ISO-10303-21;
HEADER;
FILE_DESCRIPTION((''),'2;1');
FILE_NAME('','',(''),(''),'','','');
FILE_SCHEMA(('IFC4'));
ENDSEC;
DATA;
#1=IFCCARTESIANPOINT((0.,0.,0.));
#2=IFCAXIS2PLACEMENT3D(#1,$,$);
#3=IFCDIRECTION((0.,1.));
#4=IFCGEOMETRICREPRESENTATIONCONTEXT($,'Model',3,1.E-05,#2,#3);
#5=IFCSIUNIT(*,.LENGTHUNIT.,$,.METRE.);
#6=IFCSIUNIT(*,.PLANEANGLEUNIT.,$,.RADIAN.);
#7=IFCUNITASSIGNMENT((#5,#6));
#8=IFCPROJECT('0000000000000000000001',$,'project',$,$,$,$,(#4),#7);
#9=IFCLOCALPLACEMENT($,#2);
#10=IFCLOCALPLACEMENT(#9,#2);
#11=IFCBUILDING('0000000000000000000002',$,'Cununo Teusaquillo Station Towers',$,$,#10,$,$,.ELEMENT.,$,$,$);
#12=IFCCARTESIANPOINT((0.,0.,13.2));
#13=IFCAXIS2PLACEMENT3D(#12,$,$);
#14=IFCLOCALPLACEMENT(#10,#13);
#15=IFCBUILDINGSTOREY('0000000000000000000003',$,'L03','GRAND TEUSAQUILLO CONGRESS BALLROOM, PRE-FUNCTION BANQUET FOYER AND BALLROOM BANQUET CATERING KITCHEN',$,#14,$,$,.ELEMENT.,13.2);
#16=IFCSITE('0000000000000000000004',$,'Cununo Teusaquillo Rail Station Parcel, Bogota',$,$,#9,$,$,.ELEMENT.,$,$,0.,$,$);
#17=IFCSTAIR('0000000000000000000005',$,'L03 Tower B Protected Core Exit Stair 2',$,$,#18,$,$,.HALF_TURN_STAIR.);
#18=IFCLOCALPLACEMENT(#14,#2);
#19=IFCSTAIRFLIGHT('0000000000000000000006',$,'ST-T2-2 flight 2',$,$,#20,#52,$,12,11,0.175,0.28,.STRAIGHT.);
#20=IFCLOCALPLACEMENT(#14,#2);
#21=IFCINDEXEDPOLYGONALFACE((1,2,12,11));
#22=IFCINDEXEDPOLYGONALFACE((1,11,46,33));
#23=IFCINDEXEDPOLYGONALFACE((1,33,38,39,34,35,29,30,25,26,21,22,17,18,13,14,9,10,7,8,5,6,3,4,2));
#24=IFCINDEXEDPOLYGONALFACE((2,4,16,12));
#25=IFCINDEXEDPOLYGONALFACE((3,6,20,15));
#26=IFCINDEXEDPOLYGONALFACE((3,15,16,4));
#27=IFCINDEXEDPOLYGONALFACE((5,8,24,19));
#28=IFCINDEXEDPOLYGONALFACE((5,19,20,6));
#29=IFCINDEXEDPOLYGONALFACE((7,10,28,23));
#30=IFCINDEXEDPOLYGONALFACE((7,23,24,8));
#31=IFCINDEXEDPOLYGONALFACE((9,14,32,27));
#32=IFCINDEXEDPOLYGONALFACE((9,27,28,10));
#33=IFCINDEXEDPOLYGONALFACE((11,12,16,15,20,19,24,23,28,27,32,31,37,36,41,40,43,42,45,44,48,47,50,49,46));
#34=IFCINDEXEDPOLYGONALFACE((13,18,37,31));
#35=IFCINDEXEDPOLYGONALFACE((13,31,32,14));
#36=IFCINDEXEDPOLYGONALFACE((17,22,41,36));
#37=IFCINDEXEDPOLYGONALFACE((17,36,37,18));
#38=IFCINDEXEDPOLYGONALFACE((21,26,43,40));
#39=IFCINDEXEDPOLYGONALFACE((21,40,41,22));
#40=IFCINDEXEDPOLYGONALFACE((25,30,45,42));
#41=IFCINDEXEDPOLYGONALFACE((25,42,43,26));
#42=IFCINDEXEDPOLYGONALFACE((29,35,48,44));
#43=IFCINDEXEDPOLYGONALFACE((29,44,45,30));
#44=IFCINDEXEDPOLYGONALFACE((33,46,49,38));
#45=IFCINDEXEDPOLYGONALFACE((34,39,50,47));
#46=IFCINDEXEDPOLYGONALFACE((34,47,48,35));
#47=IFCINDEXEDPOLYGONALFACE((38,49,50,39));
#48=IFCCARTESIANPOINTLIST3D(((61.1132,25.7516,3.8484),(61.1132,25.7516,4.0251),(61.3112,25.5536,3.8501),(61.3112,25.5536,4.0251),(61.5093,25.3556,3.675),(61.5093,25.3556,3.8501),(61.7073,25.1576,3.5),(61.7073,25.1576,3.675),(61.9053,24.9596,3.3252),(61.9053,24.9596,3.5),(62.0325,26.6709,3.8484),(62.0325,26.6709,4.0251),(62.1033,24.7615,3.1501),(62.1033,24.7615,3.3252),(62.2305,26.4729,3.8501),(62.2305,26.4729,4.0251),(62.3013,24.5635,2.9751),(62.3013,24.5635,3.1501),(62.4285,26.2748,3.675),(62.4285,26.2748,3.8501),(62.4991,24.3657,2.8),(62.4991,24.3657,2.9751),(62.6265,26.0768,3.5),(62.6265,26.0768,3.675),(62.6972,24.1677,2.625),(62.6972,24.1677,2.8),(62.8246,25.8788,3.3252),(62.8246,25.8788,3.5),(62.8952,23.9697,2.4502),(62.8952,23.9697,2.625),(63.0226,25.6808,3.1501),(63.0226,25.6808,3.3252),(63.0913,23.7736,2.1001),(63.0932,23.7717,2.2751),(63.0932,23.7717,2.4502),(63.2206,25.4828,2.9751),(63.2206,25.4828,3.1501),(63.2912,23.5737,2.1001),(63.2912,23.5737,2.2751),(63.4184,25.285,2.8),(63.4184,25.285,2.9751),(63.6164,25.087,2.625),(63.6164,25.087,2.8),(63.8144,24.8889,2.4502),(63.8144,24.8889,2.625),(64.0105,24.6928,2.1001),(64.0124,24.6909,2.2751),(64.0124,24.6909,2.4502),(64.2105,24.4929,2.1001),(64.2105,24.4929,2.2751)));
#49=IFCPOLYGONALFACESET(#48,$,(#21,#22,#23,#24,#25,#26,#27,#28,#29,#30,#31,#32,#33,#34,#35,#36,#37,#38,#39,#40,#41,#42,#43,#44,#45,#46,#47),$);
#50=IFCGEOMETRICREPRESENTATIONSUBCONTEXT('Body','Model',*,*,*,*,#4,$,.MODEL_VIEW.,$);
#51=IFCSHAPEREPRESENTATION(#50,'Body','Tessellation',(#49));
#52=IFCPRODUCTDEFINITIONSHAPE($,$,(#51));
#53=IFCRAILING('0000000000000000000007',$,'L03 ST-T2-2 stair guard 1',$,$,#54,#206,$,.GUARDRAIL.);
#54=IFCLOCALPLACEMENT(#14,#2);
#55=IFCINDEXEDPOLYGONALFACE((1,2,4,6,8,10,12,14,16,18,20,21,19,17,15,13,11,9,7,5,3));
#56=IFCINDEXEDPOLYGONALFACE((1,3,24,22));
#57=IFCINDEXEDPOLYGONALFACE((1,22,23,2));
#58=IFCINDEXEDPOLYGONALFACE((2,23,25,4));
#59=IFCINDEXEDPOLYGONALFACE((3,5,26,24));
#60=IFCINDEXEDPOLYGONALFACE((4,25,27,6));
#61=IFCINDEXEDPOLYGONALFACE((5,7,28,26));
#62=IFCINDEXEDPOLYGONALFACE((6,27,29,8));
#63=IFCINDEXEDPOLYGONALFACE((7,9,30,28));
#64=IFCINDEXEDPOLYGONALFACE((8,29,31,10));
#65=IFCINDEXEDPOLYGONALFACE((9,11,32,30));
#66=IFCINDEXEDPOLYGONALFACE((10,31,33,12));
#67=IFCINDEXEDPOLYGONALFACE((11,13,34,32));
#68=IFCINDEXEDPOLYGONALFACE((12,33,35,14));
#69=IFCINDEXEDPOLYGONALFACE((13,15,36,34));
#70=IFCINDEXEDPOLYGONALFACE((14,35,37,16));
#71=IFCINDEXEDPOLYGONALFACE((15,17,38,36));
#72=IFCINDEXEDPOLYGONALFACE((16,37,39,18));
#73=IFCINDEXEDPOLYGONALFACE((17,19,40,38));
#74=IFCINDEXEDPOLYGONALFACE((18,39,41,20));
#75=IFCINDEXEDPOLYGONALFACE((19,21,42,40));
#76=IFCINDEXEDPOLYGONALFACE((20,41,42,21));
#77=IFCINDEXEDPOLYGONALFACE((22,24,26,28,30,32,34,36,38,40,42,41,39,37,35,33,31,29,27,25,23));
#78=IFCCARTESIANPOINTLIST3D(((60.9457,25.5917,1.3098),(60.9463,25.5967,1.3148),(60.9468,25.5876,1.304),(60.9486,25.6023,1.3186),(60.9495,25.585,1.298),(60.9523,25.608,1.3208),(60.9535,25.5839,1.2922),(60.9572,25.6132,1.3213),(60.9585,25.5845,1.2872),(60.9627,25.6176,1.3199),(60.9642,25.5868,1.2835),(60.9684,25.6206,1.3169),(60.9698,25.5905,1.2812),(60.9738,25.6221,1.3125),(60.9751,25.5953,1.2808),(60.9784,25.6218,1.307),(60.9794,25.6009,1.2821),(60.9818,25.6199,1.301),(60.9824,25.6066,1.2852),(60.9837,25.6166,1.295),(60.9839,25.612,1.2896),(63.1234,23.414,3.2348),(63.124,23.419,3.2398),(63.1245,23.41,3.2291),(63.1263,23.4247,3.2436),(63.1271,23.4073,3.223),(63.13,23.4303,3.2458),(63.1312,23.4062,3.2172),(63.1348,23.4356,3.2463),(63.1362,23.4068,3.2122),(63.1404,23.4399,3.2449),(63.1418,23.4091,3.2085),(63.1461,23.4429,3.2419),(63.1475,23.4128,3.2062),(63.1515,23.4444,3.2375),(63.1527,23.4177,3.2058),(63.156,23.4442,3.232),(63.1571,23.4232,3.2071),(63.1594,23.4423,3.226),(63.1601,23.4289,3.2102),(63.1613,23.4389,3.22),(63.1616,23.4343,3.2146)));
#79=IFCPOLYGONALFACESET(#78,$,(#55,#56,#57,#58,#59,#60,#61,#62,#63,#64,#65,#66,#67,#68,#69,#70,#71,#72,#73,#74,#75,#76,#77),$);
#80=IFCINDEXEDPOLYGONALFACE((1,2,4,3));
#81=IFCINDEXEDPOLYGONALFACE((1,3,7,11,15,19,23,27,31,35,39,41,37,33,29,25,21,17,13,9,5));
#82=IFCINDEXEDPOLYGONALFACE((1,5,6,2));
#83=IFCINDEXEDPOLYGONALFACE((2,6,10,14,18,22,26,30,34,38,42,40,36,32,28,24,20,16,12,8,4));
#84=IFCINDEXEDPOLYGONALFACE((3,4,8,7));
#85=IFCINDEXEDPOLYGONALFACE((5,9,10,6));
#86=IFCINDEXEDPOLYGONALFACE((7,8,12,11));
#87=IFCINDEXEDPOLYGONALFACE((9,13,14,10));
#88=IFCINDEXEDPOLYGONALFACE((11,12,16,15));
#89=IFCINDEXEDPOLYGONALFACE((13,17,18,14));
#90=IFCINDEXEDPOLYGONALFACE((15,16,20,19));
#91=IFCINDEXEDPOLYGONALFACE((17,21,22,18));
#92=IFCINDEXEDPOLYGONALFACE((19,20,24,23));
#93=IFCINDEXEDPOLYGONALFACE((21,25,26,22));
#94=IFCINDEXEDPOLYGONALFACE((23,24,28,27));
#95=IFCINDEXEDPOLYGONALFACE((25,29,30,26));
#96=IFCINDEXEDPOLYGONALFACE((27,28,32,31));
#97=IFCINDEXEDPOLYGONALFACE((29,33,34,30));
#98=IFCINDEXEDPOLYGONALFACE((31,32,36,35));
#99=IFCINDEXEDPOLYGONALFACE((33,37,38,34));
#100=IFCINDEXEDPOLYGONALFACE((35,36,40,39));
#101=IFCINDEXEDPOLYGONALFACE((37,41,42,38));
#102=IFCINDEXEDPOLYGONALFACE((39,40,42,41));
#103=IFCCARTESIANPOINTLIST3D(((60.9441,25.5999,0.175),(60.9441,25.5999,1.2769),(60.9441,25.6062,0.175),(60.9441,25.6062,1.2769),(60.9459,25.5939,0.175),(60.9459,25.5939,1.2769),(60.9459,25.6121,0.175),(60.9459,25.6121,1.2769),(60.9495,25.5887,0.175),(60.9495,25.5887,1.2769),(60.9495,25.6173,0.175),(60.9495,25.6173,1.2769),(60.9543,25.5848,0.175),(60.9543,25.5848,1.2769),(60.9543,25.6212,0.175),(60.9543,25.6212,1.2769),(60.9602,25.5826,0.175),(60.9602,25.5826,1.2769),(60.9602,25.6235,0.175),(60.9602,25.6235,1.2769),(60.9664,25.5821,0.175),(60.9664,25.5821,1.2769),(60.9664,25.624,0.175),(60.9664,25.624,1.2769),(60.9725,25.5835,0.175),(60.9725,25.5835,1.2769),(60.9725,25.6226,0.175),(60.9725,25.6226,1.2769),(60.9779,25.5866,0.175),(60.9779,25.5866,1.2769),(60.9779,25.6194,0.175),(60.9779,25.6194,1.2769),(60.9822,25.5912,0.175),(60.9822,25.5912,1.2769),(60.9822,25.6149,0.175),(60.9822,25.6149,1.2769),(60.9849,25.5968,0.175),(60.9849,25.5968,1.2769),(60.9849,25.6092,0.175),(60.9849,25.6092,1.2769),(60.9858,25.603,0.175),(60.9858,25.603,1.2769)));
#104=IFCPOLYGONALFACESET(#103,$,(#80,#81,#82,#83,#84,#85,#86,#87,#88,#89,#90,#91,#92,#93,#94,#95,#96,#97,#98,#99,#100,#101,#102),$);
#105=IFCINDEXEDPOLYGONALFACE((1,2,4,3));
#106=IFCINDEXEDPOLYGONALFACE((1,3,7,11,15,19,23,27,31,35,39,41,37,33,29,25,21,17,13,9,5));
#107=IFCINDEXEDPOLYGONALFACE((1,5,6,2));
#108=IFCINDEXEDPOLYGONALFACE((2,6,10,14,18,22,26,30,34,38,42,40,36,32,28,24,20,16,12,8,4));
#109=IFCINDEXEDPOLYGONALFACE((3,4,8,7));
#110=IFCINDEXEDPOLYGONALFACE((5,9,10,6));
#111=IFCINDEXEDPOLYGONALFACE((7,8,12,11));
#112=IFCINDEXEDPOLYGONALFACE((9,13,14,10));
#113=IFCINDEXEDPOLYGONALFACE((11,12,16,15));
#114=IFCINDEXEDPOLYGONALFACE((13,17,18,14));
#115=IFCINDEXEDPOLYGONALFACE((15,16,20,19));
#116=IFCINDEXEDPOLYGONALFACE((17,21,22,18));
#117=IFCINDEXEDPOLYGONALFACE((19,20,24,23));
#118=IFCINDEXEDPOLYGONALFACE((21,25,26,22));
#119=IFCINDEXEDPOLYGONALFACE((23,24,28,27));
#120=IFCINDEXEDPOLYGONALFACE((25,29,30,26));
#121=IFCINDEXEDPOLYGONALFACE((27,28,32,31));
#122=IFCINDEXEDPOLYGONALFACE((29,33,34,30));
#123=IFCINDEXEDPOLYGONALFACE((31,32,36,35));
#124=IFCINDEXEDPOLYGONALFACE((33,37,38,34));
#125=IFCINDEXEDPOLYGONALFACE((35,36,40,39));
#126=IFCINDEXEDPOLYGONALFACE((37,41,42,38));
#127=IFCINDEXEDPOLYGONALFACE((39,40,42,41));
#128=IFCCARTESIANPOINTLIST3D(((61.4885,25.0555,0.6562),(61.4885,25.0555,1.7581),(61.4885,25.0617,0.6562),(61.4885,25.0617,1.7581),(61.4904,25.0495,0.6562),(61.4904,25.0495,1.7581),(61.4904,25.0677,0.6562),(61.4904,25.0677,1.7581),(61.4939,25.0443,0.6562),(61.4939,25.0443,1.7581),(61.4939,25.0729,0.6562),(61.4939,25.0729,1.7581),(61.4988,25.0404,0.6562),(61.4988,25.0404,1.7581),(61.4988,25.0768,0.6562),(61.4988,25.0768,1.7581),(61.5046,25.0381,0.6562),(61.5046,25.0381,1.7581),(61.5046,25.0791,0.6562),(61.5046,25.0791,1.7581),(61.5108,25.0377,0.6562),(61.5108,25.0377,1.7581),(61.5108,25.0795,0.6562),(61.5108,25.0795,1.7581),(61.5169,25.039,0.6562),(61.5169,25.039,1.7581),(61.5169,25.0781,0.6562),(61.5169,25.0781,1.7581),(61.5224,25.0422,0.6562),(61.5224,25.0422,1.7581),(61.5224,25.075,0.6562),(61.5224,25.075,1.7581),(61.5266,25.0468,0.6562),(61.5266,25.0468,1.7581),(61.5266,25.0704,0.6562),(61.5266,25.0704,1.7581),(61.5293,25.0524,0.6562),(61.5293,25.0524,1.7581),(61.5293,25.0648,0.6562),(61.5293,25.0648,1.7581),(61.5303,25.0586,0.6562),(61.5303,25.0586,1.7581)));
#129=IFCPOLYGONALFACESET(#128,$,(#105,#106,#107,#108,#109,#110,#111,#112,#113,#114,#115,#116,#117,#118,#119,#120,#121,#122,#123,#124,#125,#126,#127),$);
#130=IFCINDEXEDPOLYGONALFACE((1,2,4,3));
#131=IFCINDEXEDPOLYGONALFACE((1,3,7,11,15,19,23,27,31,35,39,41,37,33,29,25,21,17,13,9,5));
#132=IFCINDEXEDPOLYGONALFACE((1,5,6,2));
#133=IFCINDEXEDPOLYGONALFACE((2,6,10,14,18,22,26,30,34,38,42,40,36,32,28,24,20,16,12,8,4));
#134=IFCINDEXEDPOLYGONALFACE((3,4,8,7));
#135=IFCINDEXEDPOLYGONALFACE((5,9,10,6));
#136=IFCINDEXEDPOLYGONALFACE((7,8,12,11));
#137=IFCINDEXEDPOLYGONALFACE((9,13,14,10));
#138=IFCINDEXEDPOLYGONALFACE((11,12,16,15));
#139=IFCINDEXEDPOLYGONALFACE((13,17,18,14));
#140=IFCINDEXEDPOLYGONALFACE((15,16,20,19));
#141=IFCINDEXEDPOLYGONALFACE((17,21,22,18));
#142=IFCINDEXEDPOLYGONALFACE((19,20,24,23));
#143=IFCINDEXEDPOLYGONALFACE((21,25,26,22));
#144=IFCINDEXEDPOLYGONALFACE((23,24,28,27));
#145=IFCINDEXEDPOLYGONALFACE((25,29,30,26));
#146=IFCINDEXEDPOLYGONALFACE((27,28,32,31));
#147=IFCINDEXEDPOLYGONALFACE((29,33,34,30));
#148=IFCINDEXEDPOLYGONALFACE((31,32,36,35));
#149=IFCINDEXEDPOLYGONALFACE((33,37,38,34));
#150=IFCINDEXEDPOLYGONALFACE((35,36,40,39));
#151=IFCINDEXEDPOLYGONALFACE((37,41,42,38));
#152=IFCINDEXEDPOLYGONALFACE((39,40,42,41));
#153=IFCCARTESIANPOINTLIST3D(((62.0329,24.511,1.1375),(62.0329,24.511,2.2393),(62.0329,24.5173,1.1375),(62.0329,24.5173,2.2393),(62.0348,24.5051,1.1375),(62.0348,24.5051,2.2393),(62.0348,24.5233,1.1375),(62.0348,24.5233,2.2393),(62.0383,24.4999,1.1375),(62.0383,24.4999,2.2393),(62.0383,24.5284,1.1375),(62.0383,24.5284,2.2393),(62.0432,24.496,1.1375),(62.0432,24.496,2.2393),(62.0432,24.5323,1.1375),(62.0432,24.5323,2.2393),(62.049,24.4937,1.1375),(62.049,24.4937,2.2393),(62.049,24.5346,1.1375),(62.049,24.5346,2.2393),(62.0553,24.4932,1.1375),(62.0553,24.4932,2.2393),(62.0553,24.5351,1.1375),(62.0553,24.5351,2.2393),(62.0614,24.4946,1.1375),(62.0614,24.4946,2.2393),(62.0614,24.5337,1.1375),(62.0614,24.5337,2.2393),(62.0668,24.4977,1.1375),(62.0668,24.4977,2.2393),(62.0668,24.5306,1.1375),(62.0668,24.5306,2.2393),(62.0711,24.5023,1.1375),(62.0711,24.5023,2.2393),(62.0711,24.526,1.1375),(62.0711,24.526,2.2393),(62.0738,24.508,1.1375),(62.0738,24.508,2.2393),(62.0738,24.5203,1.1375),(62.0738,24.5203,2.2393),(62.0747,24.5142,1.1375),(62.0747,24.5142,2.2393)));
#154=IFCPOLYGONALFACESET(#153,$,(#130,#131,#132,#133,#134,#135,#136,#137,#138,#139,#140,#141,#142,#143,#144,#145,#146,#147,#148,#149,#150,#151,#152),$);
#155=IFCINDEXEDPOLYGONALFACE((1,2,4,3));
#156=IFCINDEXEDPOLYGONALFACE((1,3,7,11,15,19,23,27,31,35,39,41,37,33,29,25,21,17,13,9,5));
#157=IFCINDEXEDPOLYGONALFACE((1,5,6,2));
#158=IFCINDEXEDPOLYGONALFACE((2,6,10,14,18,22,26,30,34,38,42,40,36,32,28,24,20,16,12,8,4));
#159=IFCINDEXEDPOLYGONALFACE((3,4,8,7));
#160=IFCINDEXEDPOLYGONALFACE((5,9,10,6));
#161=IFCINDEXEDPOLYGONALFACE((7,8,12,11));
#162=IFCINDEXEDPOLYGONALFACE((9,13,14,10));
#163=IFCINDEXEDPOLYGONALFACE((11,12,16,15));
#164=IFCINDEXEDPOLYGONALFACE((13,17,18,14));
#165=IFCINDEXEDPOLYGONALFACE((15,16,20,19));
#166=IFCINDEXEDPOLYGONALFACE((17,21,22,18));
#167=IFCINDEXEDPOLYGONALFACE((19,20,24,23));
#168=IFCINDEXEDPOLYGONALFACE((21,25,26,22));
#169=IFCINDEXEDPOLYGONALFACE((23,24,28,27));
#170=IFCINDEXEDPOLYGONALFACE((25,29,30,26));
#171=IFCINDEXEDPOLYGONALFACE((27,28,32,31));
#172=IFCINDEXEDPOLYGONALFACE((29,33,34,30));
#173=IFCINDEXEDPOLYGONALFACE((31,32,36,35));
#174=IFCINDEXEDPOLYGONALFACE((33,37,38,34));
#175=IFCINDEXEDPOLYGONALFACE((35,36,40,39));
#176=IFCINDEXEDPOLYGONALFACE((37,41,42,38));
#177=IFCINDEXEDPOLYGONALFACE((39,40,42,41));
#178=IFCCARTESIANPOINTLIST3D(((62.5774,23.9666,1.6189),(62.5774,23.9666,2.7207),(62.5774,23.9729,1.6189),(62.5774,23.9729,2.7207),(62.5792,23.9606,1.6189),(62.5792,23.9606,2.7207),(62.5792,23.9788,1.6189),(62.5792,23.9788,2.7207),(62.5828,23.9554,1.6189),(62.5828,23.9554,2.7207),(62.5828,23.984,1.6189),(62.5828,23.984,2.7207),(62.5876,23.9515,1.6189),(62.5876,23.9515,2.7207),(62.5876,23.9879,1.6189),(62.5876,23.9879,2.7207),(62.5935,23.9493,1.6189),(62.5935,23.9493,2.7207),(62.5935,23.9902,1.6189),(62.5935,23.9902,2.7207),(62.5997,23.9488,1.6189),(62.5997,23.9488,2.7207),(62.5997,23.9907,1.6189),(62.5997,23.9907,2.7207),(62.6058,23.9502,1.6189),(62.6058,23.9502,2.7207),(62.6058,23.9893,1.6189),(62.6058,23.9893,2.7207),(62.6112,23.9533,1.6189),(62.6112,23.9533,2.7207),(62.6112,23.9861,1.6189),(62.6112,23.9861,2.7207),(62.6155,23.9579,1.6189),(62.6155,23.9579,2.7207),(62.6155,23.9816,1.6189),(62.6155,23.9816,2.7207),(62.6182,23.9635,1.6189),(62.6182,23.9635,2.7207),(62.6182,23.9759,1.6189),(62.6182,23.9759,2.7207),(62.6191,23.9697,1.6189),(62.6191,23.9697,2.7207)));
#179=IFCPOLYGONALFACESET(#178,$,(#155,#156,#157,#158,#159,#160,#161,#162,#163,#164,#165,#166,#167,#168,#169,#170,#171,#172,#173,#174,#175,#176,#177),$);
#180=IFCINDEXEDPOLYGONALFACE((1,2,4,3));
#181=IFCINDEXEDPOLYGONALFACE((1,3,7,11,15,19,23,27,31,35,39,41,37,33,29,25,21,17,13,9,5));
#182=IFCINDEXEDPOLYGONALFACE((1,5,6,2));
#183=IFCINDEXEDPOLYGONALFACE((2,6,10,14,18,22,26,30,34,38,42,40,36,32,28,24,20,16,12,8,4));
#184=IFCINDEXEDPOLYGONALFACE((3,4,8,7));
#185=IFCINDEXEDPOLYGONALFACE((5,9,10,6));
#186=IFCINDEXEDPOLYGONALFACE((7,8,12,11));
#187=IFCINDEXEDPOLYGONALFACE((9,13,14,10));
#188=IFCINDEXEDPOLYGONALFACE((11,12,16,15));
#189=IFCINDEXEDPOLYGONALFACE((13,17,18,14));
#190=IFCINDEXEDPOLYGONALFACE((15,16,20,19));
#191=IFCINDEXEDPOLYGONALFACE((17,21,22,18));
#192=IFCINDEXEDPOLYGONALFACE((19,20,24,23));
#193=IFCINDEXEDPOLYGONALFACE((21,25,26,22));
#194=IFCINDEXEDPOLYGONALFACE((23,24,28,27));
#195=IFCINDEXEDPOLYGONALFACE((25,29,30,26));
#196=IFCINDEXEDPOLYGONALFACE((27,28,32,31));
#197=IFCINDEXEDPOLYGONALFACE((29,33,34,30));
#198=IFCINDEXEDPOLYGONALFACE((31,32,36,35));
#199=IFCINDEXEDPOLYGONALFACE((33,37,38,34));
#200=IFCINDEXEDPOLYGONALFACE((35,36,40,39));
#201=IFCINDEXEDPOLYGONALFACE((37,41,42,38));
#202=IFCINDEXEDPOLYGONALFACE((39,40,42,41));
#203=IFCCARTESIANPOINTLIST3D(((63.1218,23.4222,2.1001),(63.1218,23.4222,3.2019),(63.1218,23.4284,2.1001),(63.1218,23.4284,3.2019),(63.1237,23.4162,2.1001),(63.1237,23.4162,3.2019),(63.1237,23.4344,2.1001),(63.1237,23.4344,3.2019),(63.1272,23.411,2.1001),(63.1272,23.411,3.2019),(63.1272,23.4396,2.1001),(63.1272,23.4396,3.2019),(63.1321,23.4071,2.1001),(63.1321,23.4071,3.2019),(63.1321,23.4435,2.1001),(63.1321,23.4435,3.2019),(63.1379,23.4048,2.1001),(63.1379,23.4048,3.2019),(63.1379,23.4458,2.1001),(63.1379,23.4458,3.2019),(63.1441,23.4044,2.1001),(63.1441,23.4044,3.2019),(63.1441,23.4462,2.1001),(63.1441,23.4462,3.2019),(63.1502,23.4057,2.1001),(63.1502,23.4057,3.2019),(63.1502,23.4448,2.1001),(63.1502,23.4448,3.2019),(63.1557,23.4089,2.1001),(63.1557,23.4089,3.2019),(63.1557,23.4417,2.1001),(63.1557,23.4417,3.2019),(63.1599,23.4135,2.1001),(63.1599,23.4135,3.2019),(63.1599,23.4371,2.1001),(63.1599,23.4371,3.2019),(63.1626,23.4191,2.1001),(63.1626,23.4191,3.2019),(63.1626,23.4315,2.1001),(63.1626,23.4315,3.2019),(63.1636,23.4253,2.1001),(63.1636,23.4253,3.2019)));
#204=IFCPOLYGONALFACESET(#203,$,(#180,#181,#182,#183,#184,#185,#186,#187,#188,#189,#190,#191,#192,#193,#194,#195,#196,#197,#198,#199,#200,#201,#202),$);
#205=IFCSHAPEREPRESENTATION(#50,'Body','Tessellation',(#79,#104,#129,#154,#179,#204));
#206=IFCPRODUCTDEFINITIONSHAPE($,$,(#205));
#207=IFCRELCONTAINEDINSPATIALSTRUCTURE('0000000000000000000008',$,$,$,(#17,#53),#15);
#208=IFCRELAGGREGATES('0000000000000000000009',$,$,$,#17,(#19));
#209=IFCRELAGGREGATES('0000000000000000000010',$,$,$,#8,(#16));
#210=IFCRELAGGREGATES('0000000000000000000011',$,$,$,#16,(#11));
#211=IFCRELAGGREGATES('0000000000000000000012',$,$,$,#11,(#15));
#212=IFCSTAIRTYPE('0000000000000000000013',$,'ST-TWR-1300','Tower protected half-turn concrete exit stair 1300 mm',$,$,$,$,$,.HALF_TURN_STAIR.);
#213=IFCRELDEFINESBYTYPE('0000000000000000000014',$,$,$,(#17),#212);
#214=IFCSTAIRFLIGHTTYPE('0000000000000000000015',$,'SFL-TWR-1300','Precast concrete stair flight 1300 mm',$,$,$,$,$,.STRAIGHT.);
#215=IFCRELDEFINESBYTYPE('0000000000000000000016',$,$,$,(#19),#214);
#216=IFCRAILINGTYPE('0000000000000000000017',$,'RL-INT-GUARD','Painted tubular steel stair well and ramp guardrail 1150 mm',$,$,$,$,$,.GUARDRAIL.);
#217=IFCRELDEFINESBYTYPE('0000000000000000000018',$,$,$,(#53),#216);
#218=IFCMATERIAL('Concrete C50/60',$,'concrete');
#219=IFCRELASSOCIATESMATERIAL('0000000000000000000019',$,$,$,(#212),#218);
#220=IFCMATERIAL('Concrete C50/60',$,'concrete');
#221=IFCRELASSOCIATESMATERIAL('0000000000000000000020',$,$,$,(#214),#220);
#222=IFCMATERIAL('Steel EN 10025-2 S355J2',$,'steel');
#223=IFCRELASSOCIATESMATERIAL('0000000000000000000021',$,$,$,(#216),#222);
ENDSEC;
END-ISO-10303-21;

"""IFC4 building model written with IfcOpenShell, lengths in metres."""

from ifc_helpers import new_model, si_unit, direction, frame, origin, origin_2d, place, context, subcontext, project, spatial, polyline, circle, outline, extrude, material, type_object, element, aggregate, save


model = new_model("IFC4")

# Units and contexts
model_context = context("Model", 3, precision=1e-05, world=origin(), true_north=direction((0.0, 1.0)))
body_context = subcontext(model_context, "Body", "Model", "MODEL_VIEW")
ifc_project = project(units=[si_unit("LENGTHUNIT", "METRE"), si_unit("PLANEANGLEUNIT", "RADIAN")], contexts=[model_context])

# Site, building, storey
site_placement = place(None, origin())
site = spatial("IfcSite", under=ifc_project, at=site_placement, Name="Cununo Teusaquillo Rail Station Parcel, Bogota", CompositionType="ELEMENT", RefElevation=0.0)
building_placement = place(site_placement, origin())
building = spatial("IfcBuilding", under=site, at=building_placement, Name="Cununo Teusaquillo Station Towers", CompositionType="ELEMENT")
storey_placement = place(building_placement, frame((0.0, 0.0, 13.2)))
storey = spatial("IfcBuildingStorey", under=building, at=storey_placement, Name="L03", Description="GRAND TEUSAQUILLO CONGRESS BALLROOM, PRE-FUNCTION BANQUET FOYER AND BALLROOM BANQUET CATERING KITCHEN", CompositionType="ELEMENT", Elevation=13.2)

# Stair, stair flight
ifc_material_1 = material(Name="Concrete C50/60", Category="concrete")
stair_type = type_object("IfcStairType", Name="ST-TWR-1300", Description="Tower protected half-turn concrete exit stair 1300 mm", PredefinedType="HALF_TURN_STAIR", material=ifc_material_1)
stair_placement = place(storey_placement, origin())
stair = element("IfcStair", 1, at=stair_placement, inside=storey, type_object=stair_type, Name="L03 Tower B Protected Core Exit Stair 2", PredefinedType="HALF_TURN_STAIR")
ifc_material_2 = material(Name="Concrete C50/60", Category="concrete")
stair_flight_type = type_object("IfcStairFlightType", Name="SFL-TWR-1300", Description="Precast concrete stair flight 1300 mm", PredefinedType="STRAIGHT", material=ifc_material_2)
stair_flight_1_placement = place(storey_placement, frame((63.7507, 24.0332, 2.1001), z_axis=(0.0, 0.0, 1.0), x_axis=(-0.707107, 0.707107, 0.0)))
stair_flight_1 = element("IfcStairFlight", 2, at=stair_flight_1_placement, type_object=stair_flight_type, Name="ST-T2-2 flight 2", NumberOfRisers=12, NumberOfTreads=11, PredefinedType="STRAIGHT", RiserHeight=0.175, TreadLength=0.28, context=body_context, shape_type="SweptSolid", body=[
    extrude(outline(polyline([(0.0, 0.0), (0.0, 0.175), (0.28, 0.175), (0.28, 0.3501), (0.5601, 0.3501), (0.5601, 0.5249), (0.8401, 0.5249), (0.8401, 0.7), (1.1201, 0.7), (1.1201, 0.875), (1.3999, 0.875), (1.3999, 1.05), (1.6799, 1.05), (1.6799, 1.2251), (1.96, 1.2251), (1.96, 1.3999), (2.24, 1.3999), (2.24, 1.575), (2.52, 1.575), (2.52, 1.75), (2.8, 1.75), (2.8, 1.925), (3.0801, 1.925), (3.0801, 2.1001), (3.0801, 1.7483), (0.2827, 0.0), (0.0, 0.0)])), frame((0.0, 0.6499, 0.0), z_axis=(0.0, -1.0, 0.0), x_axis=(1.0, 0.0, 0.0)), (0.0, 0.0, 1.0), 1.3),
])
aggregate(stair, [stair_flight_1])

# Railing
ifc_material_3 = material(Name="Steel EN 10025-2 S355J2", Category="steel")
railing_type_1 = type_object("IfcRailingType", Name="RL-INT-GUARD", Description="Painted tubular steel stair well and ramp guardrail 1150 mm", PredefinedType="GUARDRAIL", material=ifc_material_3)
railing_1_placement = place(storey_placement, frame((60.9648, 25.603, 0.175)))
element("IfcRailing", 3, at=railing_1_placement, inside=storey, type_object=railing_type_1, Name="L03 ST-T2-2 stair guard 1", PredefinedType="GUARDRAIL", context=body_context, shape_type="SweptSolid", body=[
    extrude(circle(Radius=0.0239, at=origin_2d()), frame((0.0, 0.0, 1.126), z_axis=(0.599609, -0.599609, 0.530036), x_axis=(0.707107, 0.707107, 0.0)), (0.0, 0.0, 1.0), 3.6318),
    extrude(circle(Radius=0.021, at=origin_2d()), origin(), (0.0, 0.0, 1.0), 1.1018),
    extrude(circle(Radius=0.021, at=origin_2d()), frame((0.5444, -0.5444, 0.4812)), (0.0, 0.0, 1.0), 1.1018),
    extrude(circle(Radius=0.021, at=origin_2d()), frame((1.0889, -1.0889, 0.9624)), (0.0, 0.0, 1.0), 1.1018),
    extrude(circle(Radius=0.021, at=origin_2d()), frame((1.6333, -1.6333, 1.4438)), (0.0, 0.0, 1.0), 1.1018),
    extrude(circle(Radius=0.021, at=origin_2d()), frame((2.1777, -2.1777, 1.925)), (0.0, 0.0, 1.0), 1.1018),
])

save(model, "model.ifc")
